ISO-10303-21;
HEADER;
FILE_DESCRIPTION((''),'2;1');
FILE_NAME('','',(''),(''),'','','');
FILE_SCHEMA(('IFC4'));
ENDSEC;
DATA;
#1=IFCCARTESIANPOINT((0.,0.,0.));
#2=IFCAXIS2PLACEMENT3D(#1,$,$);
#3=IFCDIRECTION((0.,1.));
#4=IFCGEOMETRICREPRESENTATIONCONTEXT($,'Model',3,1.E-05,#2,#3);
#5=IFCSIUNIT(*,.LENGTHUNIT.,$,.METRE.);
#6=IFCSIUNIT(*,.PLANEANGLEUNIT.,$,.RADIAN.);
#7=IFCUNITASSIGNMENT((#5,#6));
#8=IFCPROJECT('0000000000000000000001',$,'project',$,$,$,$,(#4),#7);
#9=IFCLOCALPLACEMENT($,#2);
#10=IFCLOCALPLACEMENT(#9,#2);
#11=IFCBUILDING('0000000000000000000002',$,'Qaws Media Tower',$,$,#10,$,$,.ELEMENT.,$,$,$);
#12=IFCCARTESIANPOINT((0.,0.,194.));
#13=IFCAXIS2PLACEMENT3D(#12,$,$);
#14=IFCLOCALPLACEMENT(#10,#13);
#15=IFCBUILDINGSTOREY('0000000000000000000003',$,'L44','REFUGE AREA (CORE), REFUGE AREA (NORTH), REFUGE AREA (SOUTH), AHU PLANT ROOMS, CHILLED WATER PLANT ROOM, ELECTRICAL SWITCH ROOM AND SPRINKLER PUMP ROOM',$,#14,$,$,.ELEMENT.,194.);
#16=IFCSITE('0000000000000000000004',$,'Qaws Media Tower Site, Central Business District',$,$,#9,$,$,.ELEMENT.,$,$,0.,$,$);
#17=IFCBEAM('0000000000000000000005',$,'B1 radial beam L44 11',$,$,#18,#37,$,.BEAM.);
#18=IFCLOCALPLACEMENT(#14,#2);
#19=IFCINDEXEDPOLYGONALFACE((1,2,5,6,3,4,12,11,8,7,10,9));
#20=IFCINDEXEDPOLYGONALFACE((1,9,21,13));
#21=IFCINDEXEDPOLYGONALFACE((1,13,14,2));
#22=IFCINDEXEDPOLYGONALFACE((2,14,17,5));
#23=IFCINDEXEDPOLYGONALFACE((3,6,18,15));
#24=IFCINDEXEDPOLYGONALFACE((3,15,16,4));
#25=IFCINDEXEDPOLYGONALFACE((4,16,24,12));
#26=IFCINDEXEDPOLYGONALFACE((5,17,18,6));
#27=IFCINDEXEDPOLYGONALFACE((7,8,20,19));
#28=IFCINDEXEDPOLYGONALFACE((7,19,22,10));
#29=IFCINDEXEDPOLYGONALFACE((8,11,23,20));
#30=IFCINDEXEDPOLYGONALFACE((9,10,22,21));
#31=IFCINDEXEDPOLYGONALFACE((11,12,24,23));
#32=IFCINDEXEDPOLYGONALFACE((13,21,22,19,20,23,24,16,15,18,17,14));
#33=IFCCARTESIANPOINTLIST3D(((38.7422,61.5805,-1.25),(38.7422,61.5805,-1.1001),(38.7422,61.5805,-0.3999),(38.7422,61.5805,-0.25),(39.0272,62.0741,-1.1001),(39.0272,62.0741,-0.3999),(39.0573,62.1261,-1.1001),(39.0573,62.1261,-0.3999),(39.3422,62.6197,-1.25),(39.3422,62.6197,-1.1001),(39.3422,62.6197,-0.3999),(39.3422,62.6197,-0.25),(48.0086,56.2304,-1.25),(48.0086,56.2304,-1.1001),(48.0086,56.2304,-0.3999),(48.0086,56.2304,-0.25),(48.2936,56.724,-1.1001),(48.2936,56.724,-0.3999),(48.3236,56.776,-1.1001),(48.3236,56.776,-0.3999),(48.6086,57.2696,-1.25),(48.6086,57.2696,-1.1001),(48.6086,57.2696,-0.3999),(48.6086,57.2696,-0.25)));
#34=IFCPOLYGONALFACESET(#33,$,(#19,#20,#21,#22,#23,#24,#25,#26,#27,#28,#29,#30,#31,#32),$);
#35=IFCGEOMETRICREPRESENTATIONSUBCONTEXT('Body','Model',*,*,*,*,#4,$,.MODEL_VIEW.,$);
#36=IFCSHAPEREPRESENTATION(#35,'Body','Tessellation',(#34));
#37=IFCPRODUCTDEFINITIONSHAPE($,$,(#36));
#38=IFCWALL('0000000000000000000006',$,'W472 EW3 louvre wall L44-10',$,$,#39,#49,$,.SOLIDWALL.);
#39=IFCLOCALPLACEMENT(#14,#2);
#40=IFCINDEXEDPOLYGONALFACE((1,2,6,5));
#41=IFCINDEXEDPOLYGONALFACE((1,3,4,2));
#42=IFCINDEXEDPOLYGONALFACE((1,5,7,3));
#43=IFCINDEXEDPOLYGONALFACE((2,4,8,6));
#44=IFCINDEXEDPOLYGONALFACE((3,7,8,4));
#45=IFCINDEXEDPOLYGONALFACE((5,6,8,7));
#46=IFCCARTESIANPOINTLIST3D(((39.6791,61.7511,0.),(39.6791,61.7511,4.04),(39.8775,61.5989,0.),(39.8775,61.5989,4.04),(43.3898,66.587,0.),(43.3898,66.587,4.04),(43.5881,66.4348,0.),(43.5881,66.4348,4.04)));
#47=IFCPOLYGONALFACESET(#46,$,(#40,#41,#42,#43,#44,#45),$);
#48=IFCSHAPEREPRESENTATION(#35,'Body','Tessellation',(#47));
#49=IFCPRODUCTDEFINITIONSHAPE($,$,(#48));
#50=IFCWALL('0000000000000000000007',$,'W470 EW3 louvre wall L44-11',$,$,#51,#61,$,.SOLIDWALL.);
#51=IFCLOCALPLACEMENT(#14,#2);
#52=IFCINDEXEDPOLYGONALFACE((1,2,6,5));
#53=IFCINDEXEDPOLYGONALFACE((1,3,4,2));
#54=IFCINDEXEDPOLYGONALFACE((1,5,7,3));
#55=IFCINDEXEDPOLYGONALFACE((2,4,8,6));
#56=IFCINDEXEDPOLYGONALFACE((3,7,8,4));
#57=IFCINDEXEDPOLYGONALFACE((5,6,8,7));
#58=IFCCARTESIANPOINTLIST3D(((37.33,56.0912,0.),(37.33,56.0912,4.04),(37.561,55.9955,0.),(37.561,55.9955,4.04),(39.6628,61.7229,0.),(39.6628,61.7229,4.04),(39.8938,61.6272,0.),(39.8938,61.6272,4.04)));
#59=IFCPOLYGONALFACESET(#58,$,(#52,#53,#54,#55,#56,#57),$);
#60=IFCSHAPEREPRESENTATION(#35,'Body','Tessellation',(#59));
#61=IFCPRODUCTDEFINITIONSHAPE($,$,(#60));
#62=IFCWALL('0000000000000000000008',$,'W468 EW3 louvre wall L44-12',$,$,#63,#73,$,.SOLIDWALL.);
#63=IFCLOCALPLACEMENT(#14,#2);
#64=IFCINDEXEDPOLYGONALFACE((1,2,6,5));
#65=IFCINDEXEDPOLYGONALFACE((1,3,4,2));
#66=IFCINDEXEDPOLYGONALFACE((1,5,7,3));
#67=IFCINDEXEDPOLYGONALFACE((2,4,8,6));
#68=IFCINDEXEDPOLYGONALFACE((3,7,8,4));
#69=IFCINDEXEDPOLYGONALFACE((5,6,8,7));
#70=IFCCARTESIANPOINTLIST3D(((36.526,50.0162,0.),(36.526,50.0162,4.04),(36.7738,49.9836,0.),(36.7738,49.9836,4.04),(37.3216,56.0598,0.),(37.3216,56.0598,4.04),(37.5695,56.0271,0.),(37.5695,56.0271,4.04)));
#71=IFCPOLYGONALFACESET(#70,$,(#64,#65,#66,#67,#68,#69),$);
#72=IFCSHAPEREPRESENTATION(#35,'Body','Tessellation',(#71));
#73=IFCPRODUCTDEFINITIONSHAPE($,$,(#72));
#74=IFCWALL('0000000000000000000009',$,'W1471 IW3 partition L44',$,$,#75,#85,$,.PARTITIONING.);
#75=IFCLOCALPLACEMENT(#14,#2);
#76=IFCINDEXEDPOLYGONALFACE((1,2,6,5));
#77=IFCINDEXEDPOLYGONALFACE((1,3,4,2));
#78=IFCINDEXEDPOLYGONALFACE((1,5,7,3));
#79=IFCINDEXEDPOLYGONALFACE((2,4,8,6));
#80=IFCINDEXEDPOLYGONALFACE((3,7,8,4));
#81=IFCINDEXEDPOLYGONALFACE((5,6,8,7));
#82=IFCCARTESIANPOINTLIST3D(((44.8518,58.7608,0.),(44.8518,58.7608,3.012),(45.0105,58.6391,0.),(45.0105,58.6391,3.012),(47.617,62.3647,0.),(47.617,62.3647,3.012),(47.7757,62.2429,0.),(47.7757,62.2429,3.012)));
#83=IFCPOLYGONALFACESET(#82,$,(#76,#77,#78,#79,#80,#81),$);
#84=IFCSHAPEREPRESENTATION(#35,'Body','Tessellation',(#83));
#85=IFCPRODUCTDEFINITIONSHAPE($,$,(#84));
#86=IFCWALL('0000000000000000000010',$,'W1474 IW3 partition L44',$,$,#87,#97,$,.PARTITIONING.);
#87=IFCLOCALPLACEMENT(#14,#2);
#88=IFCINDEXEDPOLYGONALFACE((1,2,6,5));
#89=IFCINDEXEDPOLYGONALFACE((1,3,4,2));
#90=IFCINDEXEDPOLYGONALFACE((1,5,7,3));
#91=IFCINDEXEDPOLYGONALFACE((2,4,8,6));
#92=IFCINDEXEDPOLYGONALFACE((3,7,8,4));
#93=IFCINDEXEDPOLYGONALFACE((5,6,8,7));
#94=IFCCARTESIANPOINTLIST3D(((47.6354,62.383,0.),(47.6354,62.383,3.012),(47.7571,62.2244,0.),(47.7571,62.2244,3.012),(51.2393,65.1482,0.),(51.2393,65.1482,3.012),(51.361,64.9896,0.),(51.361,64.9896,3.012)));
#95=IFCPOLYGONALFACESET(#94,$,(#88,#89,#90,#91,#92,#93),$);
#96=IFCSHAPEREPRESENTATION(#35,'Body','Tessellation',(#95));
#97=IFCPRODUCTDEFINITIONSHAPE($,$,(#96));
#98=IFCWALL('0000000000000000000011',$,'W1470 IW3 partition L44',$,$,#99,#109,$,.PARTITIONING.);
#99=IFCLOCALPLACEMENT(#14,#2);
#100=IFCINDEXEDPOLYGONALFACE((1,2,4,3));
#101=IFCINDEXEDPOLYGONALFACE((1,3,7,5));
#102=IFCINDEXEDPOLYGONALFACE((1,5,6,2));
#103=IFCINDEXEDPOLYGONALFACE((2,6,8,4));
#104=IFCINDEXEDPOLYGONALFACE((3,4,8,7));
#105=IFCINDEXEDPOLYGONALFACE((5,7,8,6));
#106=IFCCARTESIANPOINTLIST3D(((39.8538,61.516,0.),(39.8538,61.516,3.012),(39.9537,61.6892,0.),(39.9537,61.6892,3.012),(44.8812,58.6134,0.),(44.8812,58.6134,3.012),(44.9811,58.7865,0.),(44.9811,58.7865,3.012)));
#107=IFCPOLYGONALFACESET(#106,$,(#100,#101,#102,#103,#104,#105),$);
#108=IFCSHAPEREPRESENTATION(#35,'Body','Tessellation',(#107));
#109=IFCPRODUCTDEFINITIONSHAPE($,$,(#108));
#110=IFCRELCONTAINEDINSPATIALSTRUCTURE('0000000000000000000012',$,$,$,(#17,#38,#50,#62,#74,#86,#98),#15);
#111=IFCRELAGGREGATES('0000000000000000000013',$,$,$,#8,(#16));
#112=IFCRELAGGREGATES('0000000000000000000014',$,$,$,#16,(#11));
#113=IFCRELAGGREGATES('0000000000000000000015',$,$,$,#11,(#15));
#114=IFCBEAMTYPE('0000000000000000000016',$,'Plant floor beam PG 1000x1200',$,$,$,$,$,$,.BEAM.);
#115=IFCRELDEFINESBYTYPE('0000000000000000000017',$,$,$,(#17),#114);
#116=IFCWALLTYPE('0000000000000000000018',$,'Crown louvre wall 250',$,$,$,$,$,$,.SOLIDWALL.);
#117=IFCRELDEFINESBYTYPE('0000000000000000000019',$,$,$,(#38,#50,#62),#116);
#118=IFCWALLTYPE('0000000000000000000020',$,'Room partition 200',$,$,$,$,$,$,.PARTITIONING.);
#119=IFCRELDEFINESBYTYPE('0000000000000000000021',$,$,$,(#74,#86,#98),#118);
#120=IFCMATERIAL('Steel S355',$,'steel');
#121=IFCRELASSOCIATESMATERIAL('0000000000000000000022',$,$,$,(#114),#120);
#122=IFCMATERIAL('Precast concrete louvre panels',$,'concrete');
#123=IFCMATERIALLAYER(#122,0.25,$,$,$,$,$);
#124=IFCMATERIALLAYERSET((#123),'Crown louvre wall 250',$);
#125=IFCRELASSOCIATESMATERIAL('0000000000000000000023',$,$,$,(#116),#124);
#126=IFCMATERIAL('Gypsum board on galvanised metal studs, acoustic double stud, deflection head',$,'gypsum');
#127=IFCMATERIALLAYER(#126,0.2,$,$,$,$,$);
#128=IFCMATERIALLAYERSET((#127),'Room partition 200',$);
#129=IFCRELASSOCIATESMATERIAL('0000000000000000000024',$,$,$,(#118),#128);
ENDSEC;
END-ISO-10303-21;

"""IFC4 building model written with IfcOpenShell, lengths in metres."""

from ifc_helpers import new_model, si_unit, direction, frame, frame_2d, origin, origin_2d, place, context, subcontext, project, spatial, rectangle, i_section, extrude, material, layer, layer_set, material_profile, profile_set, type_object, element, save


model = new_model("IFC4")

# Units and contexts
model_context = context("Model", 3, precision=1e-05, world=origin(), true_north=direction((0.0, 1.0)))
body_context = subcontext(model_context, "Body", "Model", "MODEL_VIEW")
ifc_project = project(units=[si_unit("LENGTHUNIT", "METRE"), si_unit("PLANEANGLEUNIT", "RADIAN")], contexts=[model_context])

# Site, building, storey
site_placement = place(None, origin())
site = spatial("IfcSite", under=ifc_project, at=site_placement, Name="Qaws Media Tower Site, Central Business District", CompositionType="ELEMENT", RefElevation=0.0)
building_placement = place(site_placement, origin())
building = spatial("IfcBuilding", under=site, at=building_placement, Name="Qaws Media Tower", CompositionType="ELEMENT")
storey_placement = place(building_placement, frame((0.0, 0.0, 194.0)))
storey = spatial("IfcBuildingStorey", under=building, at=storey_placement, Name="L44", Description="REFUGE AREA (CORE), REFUGE AREA (NORTH), REFUGE AREA (SOUTH), AHU PLANT ROOMS, CHILLED WATER PLANT ROOM, ELECTRICAL SWITCH ROOM AND SPRINKLER PUMP ROOM", CompositionType="ELEMENT", Elevation=194.0)

# Beam
ifc_material_1 = material(Name="Steel S355", Category="steel")
ifc_material_profile_1 = material_profile(ifc_material_1, i_section(OverallWidth=1.2, OverallDepth=1.0, WebThickness=0.0601, FlangeThickness=0.1499, at=origin_2d()), Name="PG 1000x1200")
ifc_profile_set_1 = profile_set([ifc_material_profile_1], Name="Steel S355")
beam_type_1 = type_object("IfcBeamType", Name="Plant floor beam PG 1000x1200", PredefinedType="BEAM", material=ifc_profile_set_1)
beam_1_placement = place(storey_placement, frame((48.3086, 56.75, -0.75), z_axis=(-0.866019, 0.500011, 0.0), x_axis=(-0.500011, -0.866019, 0.0)))
element("IfcBeam", 1, at=beam_1_placement, inside=storey, type_object=beam_type_1, Name="B1 radial beam L44 11", PredefinedType="BEAM", context=body_context, shape_type="SweptSolid", body=[
    extrude(i_section(OverallWidth=1.2, OverallDepth=1.0, WebThickness=0.0601, FlangeThickness=0.1499, at=origin_2d()), origin(), (0.0, 0.0, 1.0), 10.7),
])

# Walls
ifc_material_2 = material(Name="Precast concrete louvre panels", Category="concrete")
ifc_layer_1 = layer(ifc_material_2, 0.25)
ifc_layer_set_1 = layer_set([ifc_layer_1], Name="Crown louvre wall 250")
wall_type_1 = type_object("IfcWallType", Name="Crown louvre wall 250", PredefinedType="SOLIDWALL", material=ifc_layer_set_1)
wall_1_placement = place(storey_placement, frame((43.489, 66.511, 0.0), z_axis=(0.0, 0.0, 1.0), x_axis=(-0.608756, -0.793357, 0.0)))
element("IfcWall", 2, at=wall_1_placement, inside=storey, type_object=wall_type_1, Name="W472 EW3 louvre wall L44-10", PredefinedType="SOLIDWALL", context=body_context, shape_type="SweptSolid", body=[
    extrude(rectangle(XDim=6.0955, YDim=0.25, at=frame_2d((3.0479, 0.0))), origin(), (0.0, 0.0, 1.0), 4.04),
])
for number, where, z_axis, x_axis, name in (
    (3, (39.7783, 61.675, 0.0), (0.0, 0.0, 1.0), (-0.382695, -0.923875, 0.0), "W470 EW3 louvre wall L44-11"),
    (4, (37.4456, 56.0435, 0.0), (0.0, 0.0, 1.0), (-0.130529, -0.991444, 0.0), "W468 EW3 louvre wall L44-12"),
):
    element("IfcWall", number, at=place(storey_placement, frame(where, z_axis=z_axis, x_axis=x_axis)), inside=storey, type_object=wall_type_1, Name=name, PredefinedType="SOLIDWALL", context=body_context, shape_type="SweptSolid", body=[
        extrude(rectangle(XDim=6.0957, YDim=0.25, at=frame_2d((3.0479, 0.0))), origin(), (0.0, 0.0, 1.0), 4.04),
    ])
ifc_material_3 = material(Name="Gypsum board on galvanised metal studs, acoustic double stud, deflection head", Category="gypsum")
ifc_layer_2 = layer(ifc_material_3, 0.2)
ifc_layer_set_2 = layer_set([ifc_layer_2], Name="Room partition 200")
wall_type_2 = type_object("IfcWallType", Name="Room partition 200", PredefinedType="PARTITIONING", material=ifc_layer_set_2)
for number, where, z_axis, x_axis, name in (
    (5, (44.9312, 58.7, 0.0), (0.0, 0.0, 1.0), (0.608744, 0.793367, 0.0), "W1471 IW3 partition L44"),
    (6, (47.6963, 62.3037, 0.0), (0.0, 0.0, 1.0), (0.793367, 0.608744, 0.0), "W1474 IW3 partition L44"),
):
    element("IfcWall", number, at=place(storey_placement, frame(where, z_axis=z_axis, x_axis=x_axis)), inside=storey, type_object=wall_type_2, Name=name, PredefinedType="PARTITIONING", context=body_context, shape_type="SweptSolid", body=[
        extrude(rectangle(XDim=4.5425, YDim=0.2, at=frame_2d((2.2712, 0.0))), origin(), (0.0, 0.0, 1.0), 3.012),
    ])
wall_2_placement = place(storey_placement, frame((44.9312, 58.7, 0.0), z_axis=(0.0, 0.0, 1.0), x_axis=(-0.866022, 0.500006, 0.0)))
element("IfcWall", 7, at=wall_2_placement, inside=storey, type_object=wall_type_2, Name="W1470 IW3 partition L44", PredefinedType="PARTITIONING", context=body_context, shape_type="SweptSolid", body=[
    extrude(rectangle(XDim=5.8052, YDim=0.2, at=frame_2d((2.9026, 0.0))), origin(), (0.0, 0.0, 1.0), 3.012),
])

save(model, "model.ifc")
